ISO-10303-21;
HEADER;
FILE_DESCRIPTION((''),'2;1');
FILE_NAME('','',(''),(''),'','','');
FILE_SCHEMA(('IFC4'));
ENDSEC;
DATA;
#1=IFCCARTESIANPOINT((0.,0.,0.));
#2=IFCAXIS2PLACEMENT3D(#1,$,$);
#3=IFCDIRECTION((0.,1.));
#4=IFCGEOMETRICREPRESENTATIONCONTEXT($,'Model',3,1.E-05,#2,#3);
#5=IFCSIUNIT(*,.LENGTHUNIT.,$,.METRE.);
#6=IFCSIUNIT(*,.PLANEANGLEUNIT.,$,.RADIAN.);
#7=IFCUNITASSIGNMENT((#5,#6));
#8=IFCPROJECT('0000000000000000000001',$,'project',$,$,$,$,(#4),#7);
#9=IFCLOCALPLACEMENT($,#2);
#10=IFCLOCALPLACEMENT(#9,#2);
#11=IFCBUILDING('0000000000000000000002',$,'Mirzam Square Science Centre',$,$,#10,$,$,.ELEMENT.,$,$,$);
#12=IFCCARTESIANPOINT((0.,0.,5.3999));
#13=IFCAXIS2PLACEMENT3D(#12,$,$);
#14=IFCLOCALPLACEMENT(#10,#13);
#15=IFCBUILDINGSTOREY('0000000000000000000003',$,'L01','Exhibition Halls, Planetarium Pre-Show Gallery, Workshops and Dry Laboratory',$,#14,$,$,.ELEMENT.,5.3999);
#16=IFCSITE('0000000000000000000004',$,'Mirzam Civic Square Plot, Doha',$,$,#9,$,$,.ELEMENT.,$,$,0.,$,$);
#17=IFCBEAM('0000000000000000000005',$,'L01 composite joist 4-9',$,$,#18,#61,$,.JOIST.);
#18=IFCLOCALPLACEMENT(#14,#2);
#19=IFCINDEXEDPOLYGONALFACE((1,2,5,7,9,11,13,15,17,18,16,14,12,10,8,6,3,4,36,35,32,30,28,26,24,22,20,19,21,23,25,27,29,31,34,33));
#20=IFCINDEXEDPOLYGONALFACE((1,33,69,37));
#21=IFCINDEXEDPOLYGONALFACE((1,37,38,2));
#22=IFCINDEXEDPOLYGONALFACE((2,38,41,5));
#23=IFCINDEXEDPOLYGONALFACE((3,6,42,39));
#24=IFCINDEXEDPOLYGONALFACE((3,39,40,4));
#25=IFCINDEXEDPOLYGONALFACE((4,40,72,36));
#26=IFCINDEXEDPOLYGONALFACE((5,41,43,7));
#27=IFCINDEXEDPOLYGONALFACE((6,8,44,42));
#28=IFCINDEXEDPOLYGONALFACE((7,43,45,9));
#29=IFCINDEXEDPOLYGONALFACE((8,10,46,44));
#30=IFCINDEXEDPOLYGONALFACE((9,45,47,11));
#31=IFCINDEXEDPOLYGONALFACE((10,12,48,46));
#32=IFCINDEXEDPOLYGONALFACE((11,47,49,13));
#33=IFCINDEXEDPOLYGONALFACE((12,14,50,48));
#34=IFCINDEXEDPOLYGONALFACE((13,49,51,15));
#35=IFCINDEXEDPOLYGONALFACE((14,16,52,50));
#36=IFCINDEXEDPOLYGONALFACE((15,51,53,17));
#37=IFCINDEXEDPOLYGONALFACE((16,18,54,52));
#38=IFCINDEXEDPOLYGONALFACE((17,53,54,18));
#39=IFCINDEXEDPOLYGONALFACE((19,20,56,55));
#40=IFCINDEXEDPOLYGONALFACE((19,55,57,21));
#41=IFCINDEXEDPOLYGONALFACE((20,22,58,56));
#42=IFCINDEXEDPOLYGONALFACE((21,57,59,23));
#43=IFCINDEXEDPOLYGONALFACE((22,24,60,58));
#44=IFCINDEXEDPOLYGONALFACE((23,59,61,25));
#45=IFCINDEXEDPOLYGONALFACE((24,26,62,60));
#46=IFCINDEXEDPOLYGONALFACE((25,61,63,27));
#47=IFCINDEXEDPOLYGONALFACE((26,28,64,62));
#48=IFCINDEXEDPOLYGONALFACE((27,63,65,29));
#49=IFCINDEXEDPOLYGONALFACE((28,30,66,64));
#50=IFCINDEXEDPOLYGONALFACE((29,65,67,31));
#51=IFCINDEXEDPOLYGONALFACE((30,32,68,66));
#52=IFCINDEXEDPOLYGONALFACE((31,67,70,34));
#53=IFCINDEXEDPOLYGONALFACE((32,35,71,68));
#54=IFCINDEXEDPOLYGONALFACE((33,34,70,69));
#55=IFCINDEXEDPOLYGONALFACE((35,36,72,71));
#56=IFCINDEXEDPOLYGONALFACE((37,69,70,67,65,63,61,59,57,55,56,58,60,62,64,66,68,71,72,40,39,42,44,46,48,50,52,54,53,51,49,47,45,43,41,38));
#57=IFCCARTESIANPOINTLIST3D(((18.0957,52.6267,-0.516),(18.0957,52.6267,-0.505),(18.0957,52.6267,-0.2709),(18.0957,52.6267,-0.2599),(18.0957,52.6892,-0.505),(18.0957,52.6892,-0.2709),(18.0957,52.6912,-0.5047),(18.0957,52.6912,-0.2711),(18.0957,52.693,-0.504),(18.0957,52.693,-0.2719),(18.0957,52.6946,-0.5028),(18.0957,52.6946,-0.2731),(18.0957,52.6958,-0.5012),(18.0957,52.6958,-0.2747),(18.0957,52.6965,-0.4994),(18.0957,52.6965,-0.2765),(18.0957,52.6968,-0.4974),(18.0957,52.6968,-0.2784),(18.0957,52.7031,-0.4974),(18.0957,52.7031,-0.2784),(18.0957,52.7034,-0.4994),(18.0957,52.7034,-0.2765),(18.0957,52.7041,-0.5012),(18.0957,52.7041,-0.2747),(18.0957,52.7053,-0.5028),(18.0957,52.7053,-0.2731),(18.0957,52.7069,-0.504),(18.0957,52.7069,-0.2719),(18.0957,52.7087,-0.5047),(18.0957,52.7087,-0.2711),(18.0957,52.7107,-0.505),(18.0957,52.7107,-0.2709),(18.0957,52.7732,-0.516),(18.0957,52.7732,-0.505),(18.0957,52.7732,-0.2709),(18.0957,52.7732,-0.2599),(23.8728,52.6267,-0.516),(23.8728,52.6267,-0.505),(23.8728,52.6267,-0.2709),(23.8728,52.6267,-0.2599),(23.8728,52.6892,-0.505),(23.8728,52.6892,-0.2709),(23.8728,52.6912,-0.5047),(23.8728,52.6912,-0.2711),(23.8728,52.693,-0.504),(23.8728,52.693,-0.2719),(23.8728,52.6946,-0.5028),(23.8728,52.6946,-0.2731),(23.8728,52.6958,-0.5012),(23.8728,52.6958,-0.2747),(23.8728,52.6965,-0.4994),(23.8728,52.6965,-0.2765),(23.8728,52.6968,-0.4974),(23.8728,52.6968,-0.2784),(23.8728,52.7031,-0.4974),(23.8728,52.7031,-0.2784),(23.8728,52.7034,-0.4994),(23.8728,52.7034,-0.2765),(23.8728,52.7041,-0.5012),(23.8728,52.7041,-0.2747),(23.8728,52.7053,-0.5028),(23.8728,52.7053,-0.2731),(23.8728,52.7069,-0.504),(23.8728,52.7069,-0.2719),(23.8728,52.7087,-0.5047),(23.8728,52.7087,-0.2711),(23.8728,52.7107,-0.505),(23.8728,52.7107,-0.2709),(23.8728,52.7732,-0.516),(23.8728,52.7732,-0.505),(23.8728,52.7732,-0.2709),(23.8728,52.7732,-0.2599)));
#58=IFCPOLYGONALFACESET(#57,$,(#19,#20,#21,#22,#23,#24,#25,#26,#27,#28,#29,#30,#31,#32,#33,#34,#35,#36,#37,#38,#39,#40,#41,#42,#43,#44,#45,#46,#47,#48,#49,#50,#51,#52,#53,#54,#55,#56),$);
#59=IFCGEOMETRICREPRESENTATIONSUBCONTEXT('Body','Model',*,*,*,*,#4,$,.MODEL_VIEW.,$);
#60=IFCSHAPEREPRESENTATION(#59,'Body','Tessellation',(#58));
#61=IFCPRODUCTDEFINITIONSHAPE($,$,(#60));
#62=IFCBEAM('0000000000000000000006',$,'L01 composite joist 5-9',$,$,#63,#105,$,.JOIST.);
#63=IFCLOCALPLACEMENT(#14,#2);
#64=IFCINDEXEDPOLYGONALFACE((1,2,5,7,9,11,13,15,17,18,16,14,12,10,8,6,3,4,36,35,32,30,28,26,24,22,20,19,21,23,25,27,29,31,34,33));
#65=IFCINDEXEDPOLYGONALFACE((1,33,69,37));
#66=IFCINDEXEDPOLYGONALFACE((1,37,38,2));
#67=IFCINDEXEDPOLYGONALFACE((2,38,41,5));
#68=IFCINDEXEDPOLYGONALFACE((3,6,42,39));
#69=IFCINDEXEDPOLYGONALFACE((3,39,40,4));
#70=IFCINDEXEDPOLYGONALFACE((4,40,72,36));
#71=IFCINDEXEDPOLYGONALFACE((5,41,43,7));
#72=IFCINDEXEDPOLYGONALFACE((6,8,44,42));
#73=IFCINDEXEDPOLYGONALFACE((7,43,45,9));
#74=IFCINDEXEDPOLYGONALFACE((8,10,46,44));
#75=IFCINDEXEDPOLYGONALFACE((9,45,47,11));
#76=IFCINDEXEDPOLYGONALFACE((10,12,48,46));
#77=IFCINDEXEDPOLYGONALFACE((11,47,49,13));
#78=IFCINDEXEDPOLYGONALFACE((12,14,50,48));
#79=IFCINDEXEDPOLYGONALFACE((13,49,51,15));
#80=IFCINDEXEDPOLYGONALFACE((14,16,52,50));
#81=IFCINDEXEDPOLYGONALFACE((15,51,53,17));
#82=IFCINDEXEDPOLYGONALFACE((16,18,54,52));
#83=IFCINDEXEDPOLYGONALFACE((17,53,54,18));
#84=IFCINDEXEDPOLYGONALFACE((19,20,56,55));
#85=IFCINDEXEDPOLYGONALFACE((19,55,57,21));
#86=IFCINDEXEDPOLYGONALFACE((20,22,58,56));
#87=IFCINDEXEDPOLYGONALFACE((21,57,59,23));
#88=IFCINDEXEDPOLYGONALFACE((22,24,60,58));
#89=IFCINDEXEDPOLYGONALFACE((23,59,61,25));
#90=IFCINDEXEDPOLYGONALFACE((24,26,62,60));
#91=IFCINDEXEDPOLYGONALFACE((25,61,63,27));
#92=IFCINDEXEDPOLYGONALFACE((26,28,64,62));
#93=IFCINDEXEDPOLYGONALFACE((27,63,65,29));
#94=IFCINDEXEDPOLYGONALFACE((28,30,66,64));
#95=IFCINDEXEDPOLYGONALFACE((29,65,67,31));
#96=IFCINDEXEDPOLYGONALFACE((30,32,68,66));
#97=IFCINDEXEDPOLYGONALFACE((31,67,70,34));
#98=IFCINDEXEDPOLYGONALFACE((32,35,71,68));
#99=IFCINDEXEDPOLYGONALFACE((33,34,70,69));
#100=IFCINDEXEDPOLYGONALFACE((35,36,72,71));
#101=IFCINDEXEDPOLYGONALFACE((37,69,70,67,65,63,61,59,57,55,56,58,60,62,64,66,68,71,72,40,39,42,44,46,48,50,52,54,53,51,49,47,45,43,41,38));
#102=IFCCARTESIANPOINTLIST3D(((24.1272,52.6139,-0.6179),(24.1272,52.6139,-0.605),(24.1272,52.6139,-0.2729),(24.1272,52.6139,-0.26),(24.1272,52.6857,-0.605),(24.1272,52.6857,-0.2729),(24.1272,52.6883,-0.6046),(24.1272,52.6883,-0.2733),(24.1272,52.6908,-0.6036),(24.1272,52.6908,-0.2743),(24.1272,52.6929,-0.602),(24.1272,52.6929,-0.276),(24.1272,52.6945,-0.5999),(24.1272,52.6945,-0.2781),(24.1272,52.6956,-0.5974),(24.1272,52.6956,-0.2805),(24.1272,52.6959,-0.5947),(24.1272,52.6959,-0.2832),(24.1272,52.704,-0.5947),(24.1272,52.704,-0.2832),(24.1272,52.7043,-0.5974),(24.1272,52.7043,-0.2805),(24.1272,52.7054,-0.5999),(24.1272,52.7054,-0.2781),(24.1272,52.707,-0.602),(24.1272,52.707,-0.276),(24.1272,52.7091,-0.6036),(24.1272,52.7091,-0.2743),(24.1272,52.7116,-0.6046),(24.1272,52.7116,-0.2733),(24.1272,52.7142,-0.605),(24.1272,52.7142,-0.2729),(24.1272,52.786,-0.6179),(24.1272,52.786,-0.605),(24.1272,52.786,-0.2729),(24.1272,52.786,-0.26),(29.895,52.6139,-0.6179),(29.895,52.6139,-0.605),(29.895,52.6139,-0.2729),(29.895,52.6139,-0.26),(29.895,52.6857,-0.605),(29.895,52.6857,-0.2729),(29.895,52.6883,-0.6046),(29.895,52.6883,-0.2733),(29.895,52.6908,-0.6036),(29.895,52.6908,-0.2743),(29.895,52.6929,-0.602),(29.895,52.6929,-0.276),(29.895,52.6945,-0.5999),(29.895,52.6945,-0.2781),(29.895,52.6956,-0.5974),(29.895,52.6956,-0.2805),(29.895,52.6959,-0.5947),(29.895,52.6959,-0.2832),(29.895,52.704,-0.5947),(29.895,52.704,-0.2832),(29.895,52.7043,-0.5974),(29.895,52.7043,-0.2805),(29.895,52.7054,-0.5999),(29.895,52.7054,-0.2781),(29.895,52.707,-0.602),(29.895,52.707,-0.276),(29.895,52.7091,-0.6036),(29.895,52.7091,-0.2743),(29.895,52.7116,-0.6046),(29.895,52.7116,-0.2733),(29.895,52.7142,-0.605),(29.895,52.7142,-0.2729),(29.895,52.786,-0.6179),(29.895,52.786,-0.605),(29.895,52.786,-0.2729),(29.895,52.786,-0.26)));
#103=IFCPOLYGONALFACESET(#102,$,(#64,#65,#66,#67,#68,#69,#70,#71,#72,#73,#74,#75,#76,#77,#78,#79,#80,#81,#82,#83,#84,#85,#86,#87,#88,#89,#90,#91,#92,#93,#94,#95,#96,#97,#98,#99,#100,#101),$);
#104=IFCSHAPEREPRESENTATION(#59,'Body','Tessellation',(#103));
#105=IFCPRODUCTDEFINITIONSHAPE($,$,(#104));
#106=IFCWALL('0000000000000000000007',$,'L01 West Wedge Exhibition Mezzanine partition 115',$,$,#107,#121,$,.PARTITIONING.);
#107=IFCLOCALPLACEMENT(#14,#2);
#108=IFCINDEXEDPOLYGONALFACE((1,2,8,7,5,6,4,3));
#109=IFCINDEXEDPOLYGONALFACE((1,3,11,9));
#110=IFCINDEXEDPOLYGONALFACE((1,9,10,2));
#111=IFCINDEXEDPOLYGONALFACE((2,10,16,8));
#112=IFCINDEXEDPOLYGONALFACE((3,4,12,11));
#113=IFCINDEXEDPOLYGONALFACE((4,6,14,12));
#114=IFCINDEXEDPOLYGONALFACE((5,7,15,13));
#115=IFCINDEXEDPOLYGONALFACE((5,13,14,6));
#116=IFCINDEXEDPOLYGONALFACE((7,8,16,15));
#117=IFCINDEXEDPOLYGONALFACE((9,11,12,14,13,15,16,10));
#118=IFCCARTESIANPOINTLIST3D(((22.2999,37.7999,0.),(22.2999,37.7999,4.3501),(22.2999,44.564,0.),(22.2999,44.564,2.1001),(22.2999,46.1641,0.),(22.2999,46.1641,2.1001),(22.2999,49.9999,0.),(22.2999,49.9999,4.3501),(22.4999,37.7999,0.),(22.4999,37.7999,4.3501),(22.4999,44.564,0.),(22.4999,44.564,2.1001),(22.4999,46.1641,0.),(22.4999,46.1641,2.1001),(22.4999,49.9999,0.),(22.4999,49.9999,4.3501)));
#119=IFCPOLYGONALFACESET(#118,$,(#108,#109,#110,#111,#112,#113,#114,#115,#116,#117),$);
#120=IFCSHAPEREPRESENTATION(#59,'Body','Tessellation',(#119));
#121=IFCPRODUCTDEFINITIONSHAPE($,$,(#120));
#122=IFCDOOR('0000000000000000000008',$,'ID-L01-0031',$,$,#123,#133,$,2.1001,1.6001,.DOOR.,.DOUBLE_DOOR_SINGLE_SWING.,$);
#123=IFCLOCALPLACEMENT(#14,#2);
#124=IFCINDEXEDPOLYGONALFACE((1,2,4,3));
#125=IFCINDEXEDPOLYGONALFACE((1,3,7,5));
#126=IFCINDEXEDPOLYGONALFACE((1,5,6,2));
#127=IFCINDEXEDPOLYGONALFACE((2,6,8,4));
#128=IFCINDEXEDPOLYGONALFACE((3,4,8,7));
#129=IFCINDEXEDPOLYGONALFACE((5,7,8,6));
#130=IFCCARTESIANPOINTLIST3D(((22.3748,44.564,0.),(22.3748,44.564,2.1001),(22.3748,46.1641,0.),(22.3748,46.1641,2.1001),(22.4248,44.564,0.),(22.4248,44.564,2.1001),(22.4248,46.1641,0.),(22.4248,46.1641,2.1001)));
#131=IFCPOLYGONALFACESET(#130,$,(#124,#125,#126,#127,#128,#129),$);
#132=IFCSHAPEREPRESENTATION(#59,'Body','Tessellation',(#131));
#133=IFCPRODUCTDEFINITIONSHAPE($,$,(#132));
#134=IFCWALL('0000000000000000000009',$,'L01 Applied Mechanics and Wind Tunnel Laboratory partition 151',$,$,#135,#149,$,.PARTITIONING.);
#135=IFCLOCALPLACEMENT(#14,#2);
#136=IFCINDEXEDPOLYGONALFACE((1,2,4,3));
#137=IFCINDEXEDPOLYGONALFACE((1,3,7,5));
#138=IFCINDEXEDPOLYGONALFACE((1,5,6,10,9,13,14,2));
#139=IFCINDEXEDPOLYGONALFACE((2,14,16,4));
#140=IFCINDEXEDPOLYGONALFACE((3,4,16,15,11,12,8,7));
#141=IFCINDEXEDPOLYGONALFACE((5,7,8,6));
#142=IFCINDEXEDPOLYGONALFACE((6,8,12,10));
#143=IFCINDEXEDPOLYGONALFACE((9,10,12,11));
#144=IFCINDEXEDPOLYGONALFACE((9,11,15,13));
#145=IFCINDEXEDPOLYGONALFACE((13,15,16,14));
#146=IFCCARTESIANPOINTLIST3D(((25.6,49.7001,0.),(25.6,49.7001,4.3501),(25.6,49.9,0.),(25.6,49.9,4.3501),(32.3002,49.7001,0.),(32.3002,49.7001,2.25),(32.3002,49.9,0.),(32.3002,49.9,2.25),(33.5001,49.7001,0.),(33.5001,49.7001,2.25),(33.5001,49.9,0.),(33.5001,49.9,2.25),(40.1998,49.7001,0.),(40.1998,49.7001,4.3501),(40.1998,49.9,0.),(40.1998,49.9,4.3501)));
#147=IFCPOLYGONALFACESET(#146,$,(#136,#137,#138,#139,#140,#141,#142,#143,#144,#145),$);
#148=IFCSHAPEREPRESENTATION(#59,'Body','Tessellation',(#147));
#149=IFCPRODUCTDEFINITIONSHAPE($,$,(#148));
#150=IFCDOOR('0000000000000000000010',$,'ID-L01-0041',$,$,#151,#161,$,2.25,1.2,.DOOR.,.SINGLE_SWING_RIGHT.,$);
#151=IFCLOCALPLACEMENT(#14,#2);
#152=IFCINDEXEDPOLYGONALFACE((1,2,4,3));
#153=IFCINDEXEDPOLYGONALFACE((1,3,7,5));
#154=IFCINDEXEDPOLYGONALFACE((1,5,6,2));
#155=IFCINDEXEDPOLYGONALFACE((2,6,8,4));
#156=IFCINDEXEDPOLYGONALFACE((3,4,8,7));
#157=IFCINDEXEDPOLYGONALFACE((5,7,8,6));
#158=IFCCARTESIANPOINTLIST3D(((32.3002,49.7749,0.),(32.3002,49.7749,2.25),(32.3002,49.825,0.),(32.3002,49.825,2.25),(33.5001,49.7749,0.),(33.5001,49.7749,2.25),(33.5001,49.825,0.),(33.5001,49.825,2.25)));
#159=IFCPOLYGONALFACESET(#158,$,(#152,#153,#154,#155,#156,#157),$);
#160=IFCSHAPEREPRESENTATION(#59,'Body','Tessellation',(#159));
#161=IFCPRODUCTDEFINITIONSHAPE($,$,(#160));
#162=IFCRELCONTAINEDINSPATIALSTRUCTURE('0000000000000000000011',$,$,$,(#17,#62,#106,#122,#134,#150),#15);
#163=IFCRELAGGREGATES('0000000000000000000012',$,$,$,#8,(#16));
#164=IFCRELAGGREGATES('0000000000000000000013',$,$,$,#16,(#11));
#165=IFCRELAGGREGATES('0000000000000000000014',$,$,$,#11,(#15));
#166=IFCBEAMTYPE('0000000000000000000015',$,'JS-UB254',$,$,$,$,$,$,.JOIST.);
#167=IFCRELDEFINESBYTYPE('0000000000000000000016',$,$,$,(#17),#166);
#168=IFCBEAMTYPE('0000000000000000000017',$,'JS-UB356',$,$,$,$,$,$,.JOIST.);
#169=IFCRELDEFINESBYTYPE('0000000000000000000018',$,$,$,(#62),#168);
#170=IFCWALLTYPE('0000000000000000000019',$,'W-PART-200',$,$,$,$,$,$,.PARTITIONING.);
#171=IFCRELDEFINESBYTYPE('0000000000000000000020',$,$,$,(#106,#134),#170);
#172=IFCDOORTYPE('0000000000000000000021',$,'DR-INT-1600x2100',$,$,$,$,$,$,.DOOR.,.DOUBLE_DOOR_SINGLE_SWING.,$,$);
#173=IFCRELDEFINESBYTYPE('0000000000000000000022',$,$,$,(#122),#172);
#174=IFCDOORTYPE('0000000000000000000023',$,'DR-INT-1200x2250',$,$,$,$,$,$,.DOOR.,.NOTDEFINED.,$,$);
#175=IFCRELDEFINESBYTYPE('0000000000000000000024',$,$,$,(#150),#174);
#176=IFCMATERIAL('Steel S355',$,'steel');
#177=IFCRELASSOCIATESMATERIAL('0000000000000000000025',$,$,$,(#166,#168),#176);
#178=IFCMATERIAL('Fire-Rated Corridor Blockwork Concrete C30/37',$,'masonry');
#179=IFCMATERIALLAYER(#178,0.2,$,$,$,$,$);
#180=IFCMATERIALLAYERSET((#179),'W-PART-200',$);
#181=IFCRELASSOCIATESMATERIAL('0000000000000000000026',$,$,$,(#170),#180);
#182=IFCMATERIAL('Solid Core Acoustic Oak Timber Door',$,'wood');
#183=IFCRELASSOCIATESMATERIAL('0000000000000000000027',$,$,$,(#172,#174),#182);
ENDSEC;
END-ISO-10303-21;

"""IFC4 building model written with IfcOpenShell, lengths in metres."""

from ifc_helpers import new_model, si_unit, direction, frame, frame_2d, origin, origin_2d, place, context, subcontext, project, spatial, rectangle, i_section, extrude, material, layer, layer_set, material_profile, profile_set, type_object, element, fill, save


model = new_model("IFC4")

# Units and contexts
model_context = context("Model", 3, precision=1e-05, world=origin(), true_north=direction((0.0, 1.0)))
body_context = subcontext(model_context, "Body", "Model", "MODEL_VIEW")
ifc_project = project(units=[si_unit("LENGTHUNIT", "METRE"), si_unit("PLANEANGLEUNIT", "RADIAN")], contexts=[model_context])

# Site, building, storey
site_placement = place(None, origin())
site = spatial("IfcSite", under=ifc_project, at=site_placement, Name="Mirzam Civic Square Plot, Doha", CompositionType="ELEMENT", RefElevation=0.0)
building_placement = place(site_placement, origin())
building = spatial("IfcBuilding", under=site, at=building_placement, Name="Mirzam Square Science Centre", CompositionType="ELEMENT")
storey_placement = place(building_placement, frame((0.0, 0.0, 5.3999)))
storey = spatial("IfcBuildingStorey", under=building, at=storey_placement, Name="L01", Description="Exhibition Halls, Planetarium Pre-Show Gallery, Workshops and Dry Laboratory", CompositionType="ELEMENT", Elevation=5.3999)

# Shared definitions
ifc_material_1 = material(Name="Steel S355", Category="steel")

# Beams
ifc_material_profile_1 = material_profile(ifc_material_1, i_section(OverallWidth=0.1465, OverallDepth=0.2561, WebThickness=0.0063, FlangeThickness=0.011, FilletRadius=0.0076, at=origin_2d()), Name="254x146x37UB")
ifc_profile_set_1 = profile_set([ifc_material_profile_1], Name="Steel S355")
beam_type_1 = type_object("IfcBeamType", Name="JS-UB254", PredefinedType="JOIST", material=ifc_profile_set_1)
beam_1_placement = place(storey_placement, frame((18.0957, 52.7, -0.3879), z_axis=(1.0, 0.0, 0.0), x_axis=(0.0, 1.0, 0.0)))
element("IfcBeam", 1, at=beam_1_placement, inside=storey, type_object=beam_type_1, Name="L01 composite joist 4-9", PredefinedType="JOIST", context=body_context, shape_type="SweptSolid", body=[
    extrude(i_section(OverallWidth=0.1465, OverallDepth=0.2561, WebThickness=0.0063, FlangeThickness=0.011, FilletRadius=0.0076, at=origin_2d()), origin(), (0.0, 0.0, 1.0), 5.7771),
])
ifc_material_profile_2 = material_profile(ifc_material_1, i_section(OverallWidth=0.1721, OverallDepth=0.3579, WebThickness=0.0081, FlangeThickness=0.0129, FilletRadius=0.0103, at=origin_2d()), Name="356x171x57UB")
ifc_profile_set_2 = profile_set([ifc_material_profile_2], Name="Steel S355")
beam_type_2 = type_object("IfcBeamType", Name="JS-UB356", PredefinedType="JOIST", material=ifc_profile_set_2)
beam_2_placement = place(storey_placement, frame((24.1272, 52.7, -0.439), z_axis=(1.0, 0.0, 0.0), x_axis=(0.0, 1.0, 0.0)))
element("IfcBeam", 2, at=beam_2_placement, inside=storey, type_object=beam_type_2, Name="L01 composite joist 5-9", PredefinedType="JOIST", context=body_context, shape_type="SweptSolid", body=[
    extrude(i_section(OverallWidth=0.1721, OverallDepth=0.3579, WebThickness=0.0081, FlangeThickness=0.0129, FilletRadius=0.0103, at=origin_2d()), origin(), (0.0, 0.0, 1.0), 5.7678),
])

# Walls, openings, doors
ifc_material_2 = material(Name="Fire-Rated Corridor Blockwork Concrete C30/37", Category="masonry")
ifc_layer = layer(ifc_material_2, 0.2)
ifc_layer_set = layer_set([ifc_layer], Name="W-PART-200")
wall_type = type_object("IfcWallType", Name="W-PART-200", PredefinedType="PARTITIONING", material=ifc_layer_set)
wall_1_placement = place(storey_placement, frame((22.3999, 50.0, 0.0), z_axis=(0.0, 0.0, 1.0), x_axis=(0.0, -1.0, 0.0)))
wall_1 = element("IfcWall", 3, at=wall_1_placement, inside=storey, type_object=wall_type, Name="L01 West Wedge Exhibition Mezzanine partition 115", PredefinedType="PARTITIONING", context=body_context, shape_type="SweptSolid", body=[
    extrude(rectangle(XDim=12.2, YDim=0.2, at=frame_2d((6.1001, 0.0))), origin(), (0.0, 0.0, 1.0), 4.3501),
])
opening_1_placement = place(wall_1_placement, frame((3.8359, 0.0, 0.0)))
opening_1 = element("IfcOpeningElement", 4, at=opening_1_placement, cuts=wall_1, PredefinedType="OPENING", context=body_context, shape_type="SweptSolid", body=[
    extrude(rectangle(XDim=1.6001, YDim=2.1001, at=frame_2d((0.8, 1.05))), frame((0.0, 0.1099, 0.0), z_axis=(0.0, -1.0, 0.0), x_axis=(1.0, 0.0, 0.0)), (0.0, 0.0, 1.0), 0.22),
])
ifc_material_3 = material(Name="Solid Core Acoustic Oak Timber Door", Category="wood")
door_type_1 = type_object("IfcDoorType", Name="DR-INT-1600x2100", OperationType="DOUBLE_DOOR_SINGLE_SWING", PredefinedType="DOOR", material=ifc_material_3)
door_1_placement = place(opening_1_placement, origin())
door_1 = element("IfcDoor", 5, at=door_1_placement, inside=storey, type_object=door_type_1, Name="ID-L01-0031", OperationType="DOUBLE_DOOR_SINGLE_SWING", OverallHeight=2.1001, OverallWidth=1.6001, PredefinedType="DOOR", context=body_context, shape_type="SweptSolid", body=[
    extrude(rectangle(XDim=1.6001, YDim=2.1001, at=frame_2d((0.8, 1.05))), frame((0.0, 0.0249, 0.0), z_axis=(0.0, -1.0, 0.0), x_axis=(1.0, 0.0, 0.0)), (0.0, 0.0, 1.0), 0.05),
])
fill(opening_1, door_1)
wall_2_placement = place(storey_placement, frame((25.6001, 49.8, 0.0), z_axis=(0.0, 0.0, 1.0), x_axis=(1.0, 0.0, 0.0)))
wall_2 = element("IfcWall", 6, at=wall_2_placement, inside=storey, type_object=wall_type, Name="L01 Applied Mechanics and Wind Tunnel Laboratory partition 151", PredefinedType="PARTITIONING", context=body_context, shape_type="SweptSolid", body=[
    extrude(rectangle(XDim=14.5999, YDim=0.2, at=frame_2d((7.2998, 0.0))), origin(), (0.0, 0.0, 1.0), 4.3501),
])
opening_2_placement = place(wall_2_placement, frame((6.7, 0.0, 0.0)))
opening_2 = element("IfcOpeningElement", 7, at=opening_2_placement, cuts=wall_2, PredefinedType="OPENING", context=body_context, shape_type="SweptSolid", body=[
    extrude(rectangle(XDim=1.2, YDim=2.25, at=frame_2d((0.6001, 1.125))), frame((0.0, 0.1099, 0.0), z_axis=(0.0, -1.0, 0.0), x_axis=(1.0, 0.0, 0.0)), (0.0, 0.0, 1.0), 0.22),
])
door_type_2 = type_object("IfcDoorType", Name="DR-INT-1200x2250", OperationType="NOTDEFINED", PredefinedType="DOOR", material=ifc_material_3)
door_2_placement = place(opening_2_placement, origin())
door_2 = element("IfcDoor", 8, at=door_2_placement, inside=storey, type_object=door_type_2, Name="ID-L01-0041", OperationType="SINGLE_SWING_RIGHT", OverallHeight=2.25, OverallWidth=1.2, PredefinedType="DOOR", context=body_context, shape_type="SweptSolid", body=[
    extrude(rectangle(XDim=1.2, YDim=2.25, at=frame_2d((0.6001, 1.125))), frame((0.0, 0.0249, 0.0), z_axis=(0.0, -1.0, 0.0), x_axis=(1.0, 0.0, 0.0)), (0.0, 0.0, 1.0), 0.05),
])
fill(opening_2, door_2)

save(model, "model.ifc")
